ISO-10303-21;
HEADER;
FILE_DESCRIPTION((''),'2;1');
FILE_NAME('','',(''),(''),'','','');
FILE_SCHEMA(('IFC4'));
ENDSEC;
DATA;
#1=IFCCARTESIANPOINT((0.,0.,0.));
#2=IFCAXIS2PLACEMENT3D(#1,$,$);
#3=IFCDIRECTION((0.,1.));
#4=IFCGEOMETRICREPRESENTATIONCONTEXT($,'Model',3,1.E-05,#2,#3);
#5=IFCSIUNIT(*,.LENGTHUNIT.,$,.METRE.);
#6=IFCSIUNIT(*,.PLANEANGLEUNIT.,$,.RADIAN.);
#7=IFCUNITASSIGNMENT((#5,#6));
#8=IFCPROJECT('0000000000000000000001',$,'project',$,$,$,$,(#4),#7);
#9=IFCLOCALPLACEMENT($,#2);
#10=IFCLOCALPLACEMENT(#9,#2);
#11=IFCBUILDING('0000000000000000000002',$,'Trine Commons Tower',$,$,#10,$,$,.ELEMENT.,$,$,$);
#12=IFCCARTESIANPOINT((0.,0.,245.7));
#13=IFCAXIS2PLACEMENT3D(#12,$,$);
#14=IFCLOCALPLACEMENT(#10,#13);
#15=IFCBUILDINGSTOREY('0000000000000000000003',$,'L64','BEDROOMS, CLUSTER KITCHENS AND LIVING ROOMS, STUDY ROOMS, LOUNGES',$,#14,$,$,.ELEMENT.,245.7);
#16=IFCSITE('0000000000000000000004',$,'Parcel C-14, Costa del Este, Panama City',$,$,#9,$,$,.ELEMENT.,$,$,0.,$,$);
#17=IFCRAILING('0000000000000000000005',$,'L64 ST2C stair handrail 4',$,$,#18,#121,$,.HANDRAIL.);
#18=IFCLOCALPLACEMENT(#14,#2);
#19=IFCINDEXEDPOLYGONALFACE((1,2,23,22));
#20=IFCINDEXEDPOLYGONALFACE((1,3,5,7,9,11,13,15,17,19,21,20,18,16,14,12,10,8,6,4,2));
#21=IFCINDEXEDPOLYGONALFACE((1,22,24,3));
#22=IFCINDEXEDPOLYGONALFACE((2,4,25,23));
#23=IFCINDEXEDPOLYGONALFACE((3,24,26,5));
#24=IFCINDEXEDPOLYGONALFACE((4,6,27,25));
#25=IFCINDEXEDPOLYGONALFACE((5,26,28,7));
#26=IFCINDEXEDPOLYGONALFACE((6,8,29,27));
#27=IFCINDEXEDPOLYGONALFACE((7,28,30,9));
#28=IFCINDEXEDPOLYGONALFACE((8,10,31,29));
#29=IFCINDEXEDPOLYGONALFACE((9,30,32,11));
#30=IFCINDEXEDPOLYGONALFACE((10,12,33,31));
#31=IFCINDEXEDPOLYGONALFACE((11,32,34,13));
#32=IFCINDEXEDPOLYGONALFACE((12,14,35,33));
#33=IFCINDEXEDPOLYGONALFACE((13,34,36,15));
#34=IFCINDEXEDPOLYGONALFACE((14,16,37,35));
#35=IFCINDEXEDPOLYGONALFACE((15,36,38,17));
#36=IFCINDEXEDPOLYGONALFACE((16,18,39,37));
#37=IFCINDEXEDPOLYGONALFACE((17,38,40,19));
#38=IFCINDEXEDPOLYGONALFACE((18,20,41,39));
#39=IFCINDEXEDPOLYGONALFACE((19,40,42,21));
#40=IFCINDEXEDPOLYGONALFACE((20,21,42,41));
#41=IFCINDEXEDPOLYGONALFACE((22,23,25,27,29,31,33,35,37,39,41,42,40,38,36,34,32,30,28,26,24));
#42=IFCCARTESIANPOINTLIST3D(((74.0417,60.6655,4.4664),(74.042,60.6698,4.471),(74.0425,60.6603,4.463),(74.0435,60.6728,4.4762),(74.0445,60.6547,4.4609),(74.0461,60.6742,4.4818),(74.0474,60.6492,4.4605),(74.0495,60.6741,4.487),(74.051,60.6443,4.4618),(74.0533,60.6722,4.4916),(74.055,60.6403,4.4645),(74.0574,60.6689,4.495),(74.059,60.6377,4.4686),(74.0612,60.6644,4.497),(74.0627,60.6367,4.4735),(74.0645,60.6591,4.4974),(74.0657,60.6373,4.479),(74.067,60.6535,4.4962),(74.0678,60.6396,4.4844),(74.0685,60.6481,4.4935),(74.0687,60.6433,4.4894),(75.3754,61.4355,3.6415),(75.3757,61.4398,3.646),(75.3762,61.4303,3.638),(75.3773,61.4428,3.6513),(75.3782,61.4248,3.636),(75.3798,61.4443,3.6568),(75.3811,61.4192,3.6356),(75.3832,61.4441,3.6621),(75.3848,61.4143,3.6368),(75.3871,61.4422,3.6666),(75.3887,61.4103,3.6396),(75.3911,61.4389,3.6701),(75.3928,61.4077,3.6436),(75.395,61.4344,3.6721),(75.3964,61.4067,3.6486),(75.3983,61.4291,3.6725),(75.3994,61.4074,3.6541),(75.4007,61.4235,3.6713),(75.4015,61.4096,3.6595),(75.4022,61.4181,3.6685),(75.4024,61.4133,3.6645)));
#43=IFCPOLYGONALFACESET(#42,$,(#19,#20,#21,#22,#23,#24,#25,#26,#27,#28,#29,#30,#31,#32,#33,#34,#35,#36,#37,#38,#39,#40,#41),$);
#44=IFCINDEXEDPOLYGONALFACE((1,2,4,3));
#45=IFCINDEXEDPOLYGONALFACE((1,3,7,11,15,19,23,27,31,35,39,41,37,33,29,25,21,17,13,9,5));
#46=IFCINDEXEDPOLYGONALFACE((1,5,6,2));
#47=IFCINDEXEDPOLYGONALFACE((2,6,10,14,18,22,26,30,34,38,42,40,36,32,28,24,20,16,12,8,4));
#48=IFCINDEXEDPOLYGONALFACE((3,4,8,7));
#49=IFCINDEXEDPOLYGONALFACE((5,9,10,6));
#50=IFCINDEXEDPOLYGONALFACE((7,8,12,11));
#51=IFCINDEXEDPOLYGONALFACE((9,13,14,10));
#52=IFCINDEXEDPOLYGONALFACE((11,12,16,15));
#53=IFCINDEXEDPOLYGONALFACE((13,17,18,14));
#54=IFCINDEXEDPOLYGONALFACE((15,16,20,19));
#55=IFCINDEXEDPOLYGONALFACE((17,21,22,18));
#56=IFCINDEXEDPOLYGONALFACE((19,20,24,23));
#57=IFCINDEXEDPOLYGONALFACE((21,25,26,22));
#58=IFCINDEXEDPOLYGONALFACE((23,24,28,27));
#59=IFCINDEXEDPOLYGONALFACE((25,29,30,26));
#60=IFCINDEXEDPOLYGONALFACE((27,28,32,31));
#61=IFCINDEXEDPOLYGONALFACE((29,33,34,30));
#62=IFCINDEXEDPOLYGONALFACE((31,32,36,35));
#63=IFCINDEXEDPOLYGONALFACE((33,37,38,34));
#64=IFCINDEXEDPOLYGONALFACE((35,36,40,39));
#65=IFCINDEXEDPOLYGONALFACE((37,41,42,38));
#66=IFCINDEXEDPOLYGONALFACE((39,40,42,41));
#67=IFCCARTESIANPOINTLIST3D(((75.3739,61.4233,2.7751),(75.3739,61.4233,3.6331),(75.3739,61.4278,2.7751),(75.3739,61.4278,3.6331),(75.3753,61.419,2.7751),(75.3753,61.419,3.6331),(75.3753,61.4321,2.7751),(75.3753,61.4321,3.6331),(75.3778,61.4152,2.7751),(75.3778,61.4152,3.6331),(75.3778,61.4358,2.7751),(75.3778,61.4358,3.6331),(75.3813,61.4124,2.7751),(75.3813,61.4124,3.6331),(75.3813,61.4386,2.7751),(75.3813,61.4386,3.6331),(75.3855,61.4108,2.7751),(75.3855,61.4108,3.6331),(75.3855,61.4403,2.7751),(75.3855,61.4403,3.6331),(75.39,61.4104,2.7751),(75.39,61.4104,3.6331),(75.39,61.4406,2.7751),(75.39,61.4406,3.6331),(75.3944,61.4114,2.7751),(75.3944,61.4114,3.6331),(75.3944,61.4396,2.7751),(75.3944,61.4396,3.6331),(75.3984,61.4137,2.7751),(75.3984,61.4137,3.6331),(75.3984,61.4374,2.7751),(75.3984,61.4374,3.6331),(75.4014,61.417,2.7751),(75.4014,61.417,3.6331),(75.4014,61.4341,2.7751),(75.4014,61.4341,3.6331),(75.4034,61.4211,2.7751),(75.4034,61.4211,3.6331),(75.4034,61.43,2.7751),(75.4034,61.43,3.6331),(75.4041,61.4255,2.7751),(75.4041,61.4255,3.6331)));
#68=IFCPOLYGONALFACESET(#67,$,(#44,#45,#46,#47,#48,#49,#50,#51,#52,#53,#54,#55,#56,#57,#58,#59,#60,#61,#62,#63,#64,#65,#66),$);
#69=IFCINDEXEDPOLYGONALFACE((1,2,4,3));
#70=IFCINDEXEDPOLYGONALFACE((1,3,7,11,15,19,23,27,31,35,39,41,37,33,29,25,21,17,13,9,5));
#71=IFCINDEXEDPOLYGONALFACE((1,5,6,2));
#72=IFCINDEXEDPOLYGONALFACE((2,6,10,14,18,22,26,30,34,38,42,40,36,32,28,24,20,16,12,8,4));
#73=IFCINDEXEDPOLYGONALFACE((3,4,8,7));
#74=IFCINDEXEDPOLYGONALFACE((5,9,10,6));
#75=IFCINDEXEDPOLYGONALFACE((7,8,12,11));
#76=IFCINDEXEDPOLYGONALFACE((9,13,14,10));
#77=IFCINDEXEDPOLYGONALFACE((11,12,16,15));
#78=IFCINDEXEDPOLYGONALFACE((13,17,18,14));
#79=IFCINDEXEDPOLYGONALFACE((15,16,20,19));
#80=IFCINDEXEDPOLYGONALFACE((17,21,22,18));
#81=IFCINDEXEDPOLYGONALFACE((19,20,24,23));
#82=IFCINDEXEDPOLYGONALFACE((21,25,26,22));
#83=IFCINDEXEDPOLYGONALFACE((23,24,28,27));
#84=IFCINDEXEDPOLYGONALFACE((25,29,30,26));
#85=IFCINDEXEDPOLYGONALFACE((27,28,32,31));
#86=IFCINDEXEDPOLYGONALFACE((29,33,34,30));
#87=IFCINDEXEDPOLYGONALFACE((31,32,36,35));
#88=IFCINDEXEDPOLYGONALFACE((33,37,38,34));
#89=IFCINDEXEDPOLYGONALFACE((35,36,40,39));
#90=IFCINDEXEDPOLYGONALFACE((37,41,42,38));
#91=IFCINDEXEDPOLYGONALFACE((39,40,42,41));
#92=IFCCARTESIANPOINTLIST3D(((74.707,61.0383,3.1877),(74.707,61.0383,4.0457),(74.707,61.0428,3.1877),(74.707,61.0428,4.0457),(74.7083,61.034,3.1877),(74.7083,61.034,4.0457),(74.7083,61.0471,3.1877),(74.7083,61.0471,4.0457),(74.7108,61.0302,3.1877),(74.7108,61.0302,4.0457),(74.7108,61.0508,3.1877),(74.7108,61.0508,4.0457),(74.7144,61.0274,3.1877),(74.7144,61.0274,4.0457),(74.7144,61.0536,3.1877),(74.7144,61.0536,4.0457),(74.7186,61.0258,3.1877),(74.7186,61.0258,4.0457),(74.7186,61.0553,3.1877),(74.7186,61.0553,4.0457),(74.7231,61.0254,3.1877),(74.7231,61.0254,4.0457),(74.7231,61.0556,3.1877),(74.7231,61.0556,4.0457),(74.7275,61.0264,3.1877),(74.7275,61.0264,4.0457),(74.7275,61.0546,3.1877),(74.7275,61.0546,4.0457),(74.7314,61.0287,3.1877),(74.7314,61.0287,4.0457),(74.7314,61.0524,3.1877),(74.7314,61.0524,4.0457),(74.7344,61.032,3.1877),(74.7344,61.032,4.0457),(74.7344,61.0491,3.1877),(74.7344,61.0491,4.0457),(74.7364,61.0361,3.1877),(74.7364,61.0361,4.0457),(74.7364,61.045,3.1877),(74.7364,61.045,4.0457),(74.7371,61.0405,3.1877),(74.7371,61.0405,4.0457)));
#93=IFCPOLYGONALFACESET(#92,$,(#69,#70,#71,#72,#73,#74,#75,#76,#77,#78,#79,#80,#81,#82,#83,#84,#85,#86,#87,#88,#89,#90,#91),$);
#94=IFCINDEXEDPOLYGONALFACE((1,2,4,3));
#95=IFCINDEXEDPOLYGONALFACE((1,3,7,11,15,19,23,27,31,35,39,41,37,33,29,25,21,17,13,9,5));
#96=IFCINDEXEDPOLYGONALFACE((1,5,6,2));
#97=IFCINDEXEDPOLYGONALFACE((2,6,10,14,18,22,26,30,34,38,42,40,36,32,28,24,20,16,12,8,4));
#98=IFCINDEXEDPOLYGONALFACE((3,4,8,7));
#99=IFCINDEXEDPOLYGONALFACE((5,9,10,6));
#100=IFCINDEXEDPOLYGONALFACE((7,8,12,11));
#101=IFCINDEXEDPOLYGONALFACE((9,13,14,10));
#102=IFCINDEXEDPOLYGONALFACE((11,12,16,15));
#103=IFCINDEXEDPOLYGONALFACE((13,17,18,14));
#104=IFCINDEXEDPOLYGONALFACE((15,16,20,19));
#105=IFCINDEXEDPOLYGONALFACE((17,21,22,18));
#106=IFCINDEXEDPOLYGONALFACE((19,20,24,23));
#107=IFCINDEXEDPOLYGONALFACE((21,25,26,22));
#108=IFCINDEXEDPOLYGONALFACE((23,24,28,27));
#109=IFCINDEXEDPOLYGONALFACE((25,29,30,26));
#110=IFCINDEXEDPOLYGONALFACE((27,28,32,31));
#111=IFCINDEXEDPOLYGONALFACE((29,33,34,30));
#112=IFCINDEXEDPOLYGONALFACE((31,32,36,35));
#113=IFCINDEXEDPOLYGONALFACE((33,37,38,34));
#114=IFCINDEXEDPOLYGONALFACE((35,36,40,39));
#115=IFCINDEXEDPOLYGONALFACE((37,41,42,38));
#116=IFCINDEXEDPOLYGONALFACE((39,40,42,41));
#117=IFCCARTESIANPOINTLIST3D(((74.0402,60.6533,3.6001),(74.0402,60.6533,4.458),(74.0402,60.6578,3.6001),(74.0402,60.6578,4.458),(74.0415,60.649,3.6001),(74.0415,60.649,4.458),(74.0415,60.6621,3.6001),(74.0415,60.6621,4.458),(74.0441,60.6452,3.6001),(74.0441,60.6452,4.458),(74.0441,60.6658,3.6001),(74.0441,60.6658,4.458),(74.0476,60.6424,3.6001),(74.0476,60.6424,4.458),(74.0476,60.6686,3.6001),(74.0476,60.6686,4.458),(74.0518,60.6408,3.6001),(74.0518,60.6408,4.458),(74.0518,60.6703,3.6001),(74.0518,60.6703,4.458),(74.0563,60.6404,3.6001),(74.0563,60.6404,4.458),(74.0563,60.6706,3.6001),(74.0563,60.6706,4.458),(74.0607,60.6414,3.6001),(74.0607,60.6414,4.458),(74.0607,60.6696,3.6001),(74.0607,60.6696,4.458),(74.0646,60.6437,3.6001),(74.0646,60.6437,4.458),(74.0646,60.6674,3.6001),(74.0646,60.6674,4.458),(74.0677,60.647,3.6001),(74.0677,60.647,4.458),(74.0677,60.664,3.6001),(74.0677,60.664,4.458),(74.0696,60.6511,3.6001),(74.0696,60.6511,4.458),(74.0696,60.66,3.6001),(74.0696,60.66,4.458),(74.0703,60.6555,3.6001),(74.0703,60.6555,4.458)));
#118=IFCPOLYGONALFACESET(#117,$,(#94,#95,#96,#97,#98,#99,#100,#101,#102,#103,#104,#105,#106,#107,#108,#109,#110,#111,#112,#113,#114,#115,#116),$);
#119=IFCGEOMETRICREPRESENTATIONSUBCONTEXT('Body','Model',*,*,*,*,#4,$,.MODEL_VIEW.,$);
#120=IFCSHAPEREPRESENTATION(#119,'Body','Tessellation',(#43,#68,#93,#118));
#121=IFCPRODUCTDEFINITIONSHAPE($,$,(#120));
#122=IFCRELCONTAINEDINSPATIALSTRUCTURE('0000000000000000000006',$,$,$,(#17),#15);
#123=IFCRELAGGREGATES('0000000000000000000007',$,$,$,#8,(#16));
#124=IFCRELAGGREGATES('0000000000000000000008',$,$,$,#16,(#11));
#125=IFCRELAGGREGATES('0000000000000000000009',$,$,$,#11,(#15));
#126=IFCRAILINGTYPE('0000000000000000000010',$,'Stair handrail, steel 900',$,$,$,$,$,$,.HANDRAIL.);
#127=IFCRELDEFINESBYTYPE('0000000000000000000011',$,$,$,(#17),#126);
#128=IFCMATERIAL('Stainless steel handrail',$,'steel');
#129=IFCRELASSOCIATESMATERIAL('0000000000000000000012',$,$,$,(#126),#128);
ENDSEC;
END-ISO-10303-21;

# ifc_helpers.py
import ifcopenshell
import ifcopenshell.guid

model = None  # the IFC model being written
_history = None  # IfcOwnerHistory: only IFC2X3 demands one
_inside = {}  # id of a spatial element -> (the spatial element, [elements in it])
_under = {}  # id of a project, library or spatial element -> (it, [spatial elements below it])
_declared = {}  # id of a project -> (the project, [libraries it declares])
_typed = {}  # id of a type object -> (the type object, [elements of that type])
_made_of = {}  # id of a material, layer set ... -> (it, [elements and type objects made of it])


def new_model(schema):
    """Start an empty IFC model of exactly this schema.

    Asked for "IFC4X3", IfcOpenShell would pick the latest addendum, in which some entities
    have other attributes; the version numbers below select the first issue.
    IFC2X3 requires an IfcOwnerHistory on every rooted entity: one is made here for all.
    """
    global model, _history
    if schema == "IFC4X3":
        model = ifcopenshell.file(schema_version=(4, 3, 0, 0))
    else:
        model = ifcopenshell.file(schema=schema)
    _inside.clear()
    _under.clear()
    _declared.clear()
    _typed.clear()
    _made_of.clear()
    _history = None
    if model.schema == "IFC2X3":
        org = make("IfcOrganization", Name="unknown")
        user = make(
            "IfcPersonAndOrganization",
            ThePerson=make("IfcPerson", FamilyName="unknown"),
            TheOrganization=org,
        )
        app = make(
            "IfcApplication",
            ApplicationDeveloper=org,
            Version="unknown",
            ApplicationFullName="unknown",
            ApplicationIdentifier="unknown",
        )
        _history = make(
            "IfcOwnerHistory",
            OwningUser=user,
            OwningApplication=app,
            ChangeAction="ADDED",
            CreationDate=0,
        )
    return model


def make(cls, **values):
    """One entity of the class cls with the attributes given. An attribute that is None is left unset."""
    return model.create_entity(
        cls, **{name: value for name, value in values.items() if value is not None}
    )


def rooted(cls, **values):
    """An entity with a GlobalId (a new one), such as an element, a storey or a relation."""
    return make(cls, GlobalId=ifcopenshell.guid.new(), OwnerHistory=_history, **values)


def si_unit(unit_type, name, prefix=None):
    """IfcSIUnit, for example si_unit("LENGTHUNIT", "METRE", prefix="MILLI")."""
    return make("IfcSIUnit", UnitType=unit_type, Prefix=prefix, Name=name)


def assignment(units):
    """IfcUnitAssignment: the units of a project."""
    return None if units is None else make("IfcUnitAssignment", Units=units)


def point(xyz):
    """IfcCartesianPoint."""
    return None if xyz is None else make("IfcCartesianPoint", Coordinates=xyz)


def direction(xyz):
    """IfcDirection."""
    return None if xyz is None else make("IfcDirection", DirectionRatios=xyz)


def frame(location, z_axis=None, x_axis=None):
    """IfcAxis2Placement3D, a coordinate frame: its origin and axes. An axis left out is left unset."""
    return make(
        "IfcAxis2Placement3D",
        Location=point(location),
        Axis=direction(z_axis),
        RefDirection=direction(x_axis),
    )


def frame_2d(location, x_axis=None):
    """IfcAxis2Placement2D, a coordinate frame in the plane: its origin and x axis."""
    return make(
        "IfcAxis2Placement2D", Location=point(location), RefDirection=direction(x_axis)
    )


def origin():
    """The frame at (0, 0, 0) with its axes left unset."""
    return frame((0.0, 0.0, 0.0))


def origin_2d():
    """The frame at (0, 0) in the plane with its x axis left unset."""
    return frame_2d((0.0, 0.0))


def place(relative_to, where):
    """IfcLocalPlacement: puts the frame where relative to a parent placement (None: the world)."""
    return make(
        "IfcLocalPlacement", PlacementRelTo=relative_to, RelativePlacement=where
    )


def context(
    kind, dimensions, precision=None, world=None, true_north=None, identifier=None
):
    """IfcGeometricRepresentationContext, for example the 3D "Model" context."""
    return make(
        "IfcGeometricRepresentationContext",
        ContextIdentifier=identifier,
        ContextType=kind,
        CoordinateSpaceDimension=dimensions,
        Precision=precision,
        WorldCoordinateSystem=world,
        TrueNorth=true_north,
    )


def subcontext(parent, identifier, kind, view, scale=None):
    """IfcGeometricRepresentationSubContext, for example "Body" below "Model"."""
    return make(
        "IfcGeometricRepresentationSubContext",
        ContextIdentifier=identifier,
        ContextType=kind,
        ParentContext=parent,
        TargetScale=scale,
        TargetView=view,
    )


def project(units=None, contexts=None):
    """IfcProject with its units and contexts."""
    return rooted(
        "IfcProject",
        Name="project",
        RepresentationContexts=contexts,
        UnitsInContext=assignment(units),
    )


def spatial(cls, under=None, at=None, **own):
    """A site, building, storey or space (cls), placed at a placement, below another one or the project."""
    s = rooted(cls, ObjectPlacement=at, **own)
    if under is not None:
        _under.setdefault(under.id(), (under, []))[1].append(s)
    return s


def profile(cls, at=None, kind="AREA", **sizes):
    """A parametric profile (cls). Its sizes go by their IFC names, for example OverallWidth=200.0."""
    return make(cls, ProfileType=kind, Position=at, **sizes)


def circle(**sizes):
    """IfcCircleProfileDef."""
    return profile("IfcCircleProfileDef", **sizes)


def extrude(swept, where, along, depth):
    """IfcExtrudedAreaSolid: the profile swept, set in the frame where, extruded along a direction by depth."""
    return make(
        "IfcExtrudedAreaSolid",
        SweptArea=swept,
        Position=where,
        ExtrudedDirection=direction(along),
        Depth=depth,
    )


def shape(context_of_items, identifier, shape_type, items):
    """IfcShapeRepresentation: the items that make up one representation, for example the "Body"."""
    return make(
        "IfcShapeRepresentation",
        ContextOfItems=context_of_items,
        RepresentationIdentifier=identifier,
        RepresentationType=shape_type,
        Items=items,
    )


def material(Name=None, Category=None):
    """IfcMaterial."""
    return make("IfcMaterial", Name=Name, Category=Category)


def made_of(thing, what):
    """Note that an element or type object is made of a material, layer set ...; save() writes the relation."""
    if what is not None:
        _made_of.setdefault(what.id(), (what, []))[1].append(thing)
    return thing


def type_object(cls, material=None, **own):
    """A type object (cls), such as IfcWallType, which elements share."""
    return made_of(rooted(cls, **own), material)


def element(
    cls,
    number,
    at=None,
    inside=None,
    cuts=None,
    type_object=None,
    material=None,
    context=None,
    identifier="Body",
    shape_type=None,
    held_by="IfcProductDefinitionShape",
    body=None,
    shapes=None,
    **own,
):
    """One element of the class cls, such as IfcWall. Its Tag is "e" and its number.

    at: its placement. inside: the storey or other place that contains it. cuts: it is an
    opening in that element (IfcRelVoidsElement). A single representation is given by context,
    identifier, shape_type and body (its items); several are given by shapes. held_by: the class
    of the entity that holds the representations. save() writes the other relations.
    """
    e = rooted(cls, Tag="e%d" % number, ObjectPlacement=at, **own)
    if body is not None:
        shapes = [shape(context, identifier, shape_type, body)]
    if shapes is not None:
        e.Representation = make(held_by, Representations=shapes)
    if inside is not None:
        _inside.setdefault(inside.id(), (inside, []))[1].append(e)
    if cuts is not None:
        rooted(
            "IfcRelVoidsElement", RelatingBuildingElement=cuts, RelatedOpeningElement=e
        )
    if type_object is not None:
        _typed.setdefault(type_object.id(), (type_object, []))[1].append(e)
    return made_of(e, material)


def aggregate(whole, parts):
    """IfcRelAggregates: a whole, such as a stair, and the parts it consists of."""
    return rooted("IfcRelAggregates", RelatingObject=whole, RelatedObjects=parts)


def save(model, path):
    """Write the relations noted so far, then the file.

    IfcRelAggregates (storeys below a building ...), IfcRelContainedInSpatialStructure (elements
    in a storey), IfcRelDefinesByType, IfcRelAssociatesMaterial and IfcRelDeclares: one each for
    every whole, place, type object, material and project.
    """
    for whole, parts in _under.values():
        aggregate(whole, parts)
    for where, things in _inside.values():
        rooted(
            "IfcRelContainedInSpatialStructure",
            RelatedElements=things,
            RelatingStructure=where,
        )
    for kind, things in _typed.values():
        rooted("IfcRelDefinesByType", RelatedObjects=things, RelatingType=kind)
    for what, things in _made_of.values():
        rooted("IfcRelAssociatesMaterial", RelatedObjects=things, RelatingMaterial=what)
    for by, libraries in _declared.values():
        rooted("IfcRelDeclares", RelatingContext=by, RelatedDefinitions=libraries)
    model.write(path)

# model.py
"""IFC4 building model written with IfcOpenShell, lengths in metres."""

from ifc_helpers import new_model, si_unit, direction, frame, origin, origin_2d, place, context, subcontext, project, spatial, circle, extrude, material, type_object, element, save


model = new_model("IFC4")

# Units and contexts
model_context = context("Model", 3, precision=1e-05, world=origin(), true_north=direction((0.0, 1.0)))
body_context = subcontext(model_context, "Body", "Model", "MODEL_VIEW")
ifc_project = project(units=[si_unit("LENGTHUNIT", "METRE"), si_unit("PLANEANGLEUNIT", "RADIAN")], contexts=[model_context])

# Site, building, storey
site_placement = place(None, origin())
site = spatial("IfcSite", under=ifc_project, at=site_placement, Name="Parcel C-14, Costa del Este, Panama City", CompositionType="ELEMENT", RefElevation=0.0)
building_placement = place(site_placement, origin())
building = spatial("IfcBuilding", under=site, at=building_placement, Name="Trine Commons Tower", CompositionType="ELEMENT")
storey_placement = place(building_placement, frame((0.0, 0.0, 245.7)))
storey = spatial("IfcBuildingStorey", under=building, at=storey_placement, Name="L64", Description="BEDROOMS, CLUSTER KITCHENS AND LIVING ROOMS, STUDY ROOMS, LOUNGES", CompositionType="ELEMENT", Elevation=245.7)

# Railing
ifc_material_1 = material(Name="Stainless steel handrail", Category="steel")
railing_type_1 = type_object("IfcRailingType", Name="Stair handrail, steel 900", PredefinedType="HANDRAIL", material=ifc_material_1)
railing_1_placement = place(storey_placement, frame((75.3889, 61.4255, 2.7751)))
element("IfcRailing", 1, at=railing_1_placement, inside=storey, type_object=railing_type_1, Name="L64 ST2C stair handrail 4", PredefinedType="HANDRAIL", context=body_context, shape_type="SweptSolid", body=[
    extrude(circle(Radius=0.021, at=origin_2d()), frame((0.0, 0.0, 0.8789), z_axis=(-0.763405, -0.440743, 0.472185), x_axis=(0.499992, -0.86603, 0.0)), (0.0, 0.0, 1.0), 1.7471),
    extrude(circle(Radius=0.0151, at=origin_2d()), origin(), (0.0, 0.0, 1.0), 0.8579),
    extrude(circle(Radius=0.0151, at=origin_2d()), frame((-0.667, -0.385, 0.4126)), (0.0, 0.0, 1.0), 0.8579),
    extrude(circle(Radius=0.0151, at=origin_2d()), frame((-1.3337, -0.77, 0.825)), (0.0, 0.0, 1.0), 0.8579),
])

save(model, "model.ifc")
